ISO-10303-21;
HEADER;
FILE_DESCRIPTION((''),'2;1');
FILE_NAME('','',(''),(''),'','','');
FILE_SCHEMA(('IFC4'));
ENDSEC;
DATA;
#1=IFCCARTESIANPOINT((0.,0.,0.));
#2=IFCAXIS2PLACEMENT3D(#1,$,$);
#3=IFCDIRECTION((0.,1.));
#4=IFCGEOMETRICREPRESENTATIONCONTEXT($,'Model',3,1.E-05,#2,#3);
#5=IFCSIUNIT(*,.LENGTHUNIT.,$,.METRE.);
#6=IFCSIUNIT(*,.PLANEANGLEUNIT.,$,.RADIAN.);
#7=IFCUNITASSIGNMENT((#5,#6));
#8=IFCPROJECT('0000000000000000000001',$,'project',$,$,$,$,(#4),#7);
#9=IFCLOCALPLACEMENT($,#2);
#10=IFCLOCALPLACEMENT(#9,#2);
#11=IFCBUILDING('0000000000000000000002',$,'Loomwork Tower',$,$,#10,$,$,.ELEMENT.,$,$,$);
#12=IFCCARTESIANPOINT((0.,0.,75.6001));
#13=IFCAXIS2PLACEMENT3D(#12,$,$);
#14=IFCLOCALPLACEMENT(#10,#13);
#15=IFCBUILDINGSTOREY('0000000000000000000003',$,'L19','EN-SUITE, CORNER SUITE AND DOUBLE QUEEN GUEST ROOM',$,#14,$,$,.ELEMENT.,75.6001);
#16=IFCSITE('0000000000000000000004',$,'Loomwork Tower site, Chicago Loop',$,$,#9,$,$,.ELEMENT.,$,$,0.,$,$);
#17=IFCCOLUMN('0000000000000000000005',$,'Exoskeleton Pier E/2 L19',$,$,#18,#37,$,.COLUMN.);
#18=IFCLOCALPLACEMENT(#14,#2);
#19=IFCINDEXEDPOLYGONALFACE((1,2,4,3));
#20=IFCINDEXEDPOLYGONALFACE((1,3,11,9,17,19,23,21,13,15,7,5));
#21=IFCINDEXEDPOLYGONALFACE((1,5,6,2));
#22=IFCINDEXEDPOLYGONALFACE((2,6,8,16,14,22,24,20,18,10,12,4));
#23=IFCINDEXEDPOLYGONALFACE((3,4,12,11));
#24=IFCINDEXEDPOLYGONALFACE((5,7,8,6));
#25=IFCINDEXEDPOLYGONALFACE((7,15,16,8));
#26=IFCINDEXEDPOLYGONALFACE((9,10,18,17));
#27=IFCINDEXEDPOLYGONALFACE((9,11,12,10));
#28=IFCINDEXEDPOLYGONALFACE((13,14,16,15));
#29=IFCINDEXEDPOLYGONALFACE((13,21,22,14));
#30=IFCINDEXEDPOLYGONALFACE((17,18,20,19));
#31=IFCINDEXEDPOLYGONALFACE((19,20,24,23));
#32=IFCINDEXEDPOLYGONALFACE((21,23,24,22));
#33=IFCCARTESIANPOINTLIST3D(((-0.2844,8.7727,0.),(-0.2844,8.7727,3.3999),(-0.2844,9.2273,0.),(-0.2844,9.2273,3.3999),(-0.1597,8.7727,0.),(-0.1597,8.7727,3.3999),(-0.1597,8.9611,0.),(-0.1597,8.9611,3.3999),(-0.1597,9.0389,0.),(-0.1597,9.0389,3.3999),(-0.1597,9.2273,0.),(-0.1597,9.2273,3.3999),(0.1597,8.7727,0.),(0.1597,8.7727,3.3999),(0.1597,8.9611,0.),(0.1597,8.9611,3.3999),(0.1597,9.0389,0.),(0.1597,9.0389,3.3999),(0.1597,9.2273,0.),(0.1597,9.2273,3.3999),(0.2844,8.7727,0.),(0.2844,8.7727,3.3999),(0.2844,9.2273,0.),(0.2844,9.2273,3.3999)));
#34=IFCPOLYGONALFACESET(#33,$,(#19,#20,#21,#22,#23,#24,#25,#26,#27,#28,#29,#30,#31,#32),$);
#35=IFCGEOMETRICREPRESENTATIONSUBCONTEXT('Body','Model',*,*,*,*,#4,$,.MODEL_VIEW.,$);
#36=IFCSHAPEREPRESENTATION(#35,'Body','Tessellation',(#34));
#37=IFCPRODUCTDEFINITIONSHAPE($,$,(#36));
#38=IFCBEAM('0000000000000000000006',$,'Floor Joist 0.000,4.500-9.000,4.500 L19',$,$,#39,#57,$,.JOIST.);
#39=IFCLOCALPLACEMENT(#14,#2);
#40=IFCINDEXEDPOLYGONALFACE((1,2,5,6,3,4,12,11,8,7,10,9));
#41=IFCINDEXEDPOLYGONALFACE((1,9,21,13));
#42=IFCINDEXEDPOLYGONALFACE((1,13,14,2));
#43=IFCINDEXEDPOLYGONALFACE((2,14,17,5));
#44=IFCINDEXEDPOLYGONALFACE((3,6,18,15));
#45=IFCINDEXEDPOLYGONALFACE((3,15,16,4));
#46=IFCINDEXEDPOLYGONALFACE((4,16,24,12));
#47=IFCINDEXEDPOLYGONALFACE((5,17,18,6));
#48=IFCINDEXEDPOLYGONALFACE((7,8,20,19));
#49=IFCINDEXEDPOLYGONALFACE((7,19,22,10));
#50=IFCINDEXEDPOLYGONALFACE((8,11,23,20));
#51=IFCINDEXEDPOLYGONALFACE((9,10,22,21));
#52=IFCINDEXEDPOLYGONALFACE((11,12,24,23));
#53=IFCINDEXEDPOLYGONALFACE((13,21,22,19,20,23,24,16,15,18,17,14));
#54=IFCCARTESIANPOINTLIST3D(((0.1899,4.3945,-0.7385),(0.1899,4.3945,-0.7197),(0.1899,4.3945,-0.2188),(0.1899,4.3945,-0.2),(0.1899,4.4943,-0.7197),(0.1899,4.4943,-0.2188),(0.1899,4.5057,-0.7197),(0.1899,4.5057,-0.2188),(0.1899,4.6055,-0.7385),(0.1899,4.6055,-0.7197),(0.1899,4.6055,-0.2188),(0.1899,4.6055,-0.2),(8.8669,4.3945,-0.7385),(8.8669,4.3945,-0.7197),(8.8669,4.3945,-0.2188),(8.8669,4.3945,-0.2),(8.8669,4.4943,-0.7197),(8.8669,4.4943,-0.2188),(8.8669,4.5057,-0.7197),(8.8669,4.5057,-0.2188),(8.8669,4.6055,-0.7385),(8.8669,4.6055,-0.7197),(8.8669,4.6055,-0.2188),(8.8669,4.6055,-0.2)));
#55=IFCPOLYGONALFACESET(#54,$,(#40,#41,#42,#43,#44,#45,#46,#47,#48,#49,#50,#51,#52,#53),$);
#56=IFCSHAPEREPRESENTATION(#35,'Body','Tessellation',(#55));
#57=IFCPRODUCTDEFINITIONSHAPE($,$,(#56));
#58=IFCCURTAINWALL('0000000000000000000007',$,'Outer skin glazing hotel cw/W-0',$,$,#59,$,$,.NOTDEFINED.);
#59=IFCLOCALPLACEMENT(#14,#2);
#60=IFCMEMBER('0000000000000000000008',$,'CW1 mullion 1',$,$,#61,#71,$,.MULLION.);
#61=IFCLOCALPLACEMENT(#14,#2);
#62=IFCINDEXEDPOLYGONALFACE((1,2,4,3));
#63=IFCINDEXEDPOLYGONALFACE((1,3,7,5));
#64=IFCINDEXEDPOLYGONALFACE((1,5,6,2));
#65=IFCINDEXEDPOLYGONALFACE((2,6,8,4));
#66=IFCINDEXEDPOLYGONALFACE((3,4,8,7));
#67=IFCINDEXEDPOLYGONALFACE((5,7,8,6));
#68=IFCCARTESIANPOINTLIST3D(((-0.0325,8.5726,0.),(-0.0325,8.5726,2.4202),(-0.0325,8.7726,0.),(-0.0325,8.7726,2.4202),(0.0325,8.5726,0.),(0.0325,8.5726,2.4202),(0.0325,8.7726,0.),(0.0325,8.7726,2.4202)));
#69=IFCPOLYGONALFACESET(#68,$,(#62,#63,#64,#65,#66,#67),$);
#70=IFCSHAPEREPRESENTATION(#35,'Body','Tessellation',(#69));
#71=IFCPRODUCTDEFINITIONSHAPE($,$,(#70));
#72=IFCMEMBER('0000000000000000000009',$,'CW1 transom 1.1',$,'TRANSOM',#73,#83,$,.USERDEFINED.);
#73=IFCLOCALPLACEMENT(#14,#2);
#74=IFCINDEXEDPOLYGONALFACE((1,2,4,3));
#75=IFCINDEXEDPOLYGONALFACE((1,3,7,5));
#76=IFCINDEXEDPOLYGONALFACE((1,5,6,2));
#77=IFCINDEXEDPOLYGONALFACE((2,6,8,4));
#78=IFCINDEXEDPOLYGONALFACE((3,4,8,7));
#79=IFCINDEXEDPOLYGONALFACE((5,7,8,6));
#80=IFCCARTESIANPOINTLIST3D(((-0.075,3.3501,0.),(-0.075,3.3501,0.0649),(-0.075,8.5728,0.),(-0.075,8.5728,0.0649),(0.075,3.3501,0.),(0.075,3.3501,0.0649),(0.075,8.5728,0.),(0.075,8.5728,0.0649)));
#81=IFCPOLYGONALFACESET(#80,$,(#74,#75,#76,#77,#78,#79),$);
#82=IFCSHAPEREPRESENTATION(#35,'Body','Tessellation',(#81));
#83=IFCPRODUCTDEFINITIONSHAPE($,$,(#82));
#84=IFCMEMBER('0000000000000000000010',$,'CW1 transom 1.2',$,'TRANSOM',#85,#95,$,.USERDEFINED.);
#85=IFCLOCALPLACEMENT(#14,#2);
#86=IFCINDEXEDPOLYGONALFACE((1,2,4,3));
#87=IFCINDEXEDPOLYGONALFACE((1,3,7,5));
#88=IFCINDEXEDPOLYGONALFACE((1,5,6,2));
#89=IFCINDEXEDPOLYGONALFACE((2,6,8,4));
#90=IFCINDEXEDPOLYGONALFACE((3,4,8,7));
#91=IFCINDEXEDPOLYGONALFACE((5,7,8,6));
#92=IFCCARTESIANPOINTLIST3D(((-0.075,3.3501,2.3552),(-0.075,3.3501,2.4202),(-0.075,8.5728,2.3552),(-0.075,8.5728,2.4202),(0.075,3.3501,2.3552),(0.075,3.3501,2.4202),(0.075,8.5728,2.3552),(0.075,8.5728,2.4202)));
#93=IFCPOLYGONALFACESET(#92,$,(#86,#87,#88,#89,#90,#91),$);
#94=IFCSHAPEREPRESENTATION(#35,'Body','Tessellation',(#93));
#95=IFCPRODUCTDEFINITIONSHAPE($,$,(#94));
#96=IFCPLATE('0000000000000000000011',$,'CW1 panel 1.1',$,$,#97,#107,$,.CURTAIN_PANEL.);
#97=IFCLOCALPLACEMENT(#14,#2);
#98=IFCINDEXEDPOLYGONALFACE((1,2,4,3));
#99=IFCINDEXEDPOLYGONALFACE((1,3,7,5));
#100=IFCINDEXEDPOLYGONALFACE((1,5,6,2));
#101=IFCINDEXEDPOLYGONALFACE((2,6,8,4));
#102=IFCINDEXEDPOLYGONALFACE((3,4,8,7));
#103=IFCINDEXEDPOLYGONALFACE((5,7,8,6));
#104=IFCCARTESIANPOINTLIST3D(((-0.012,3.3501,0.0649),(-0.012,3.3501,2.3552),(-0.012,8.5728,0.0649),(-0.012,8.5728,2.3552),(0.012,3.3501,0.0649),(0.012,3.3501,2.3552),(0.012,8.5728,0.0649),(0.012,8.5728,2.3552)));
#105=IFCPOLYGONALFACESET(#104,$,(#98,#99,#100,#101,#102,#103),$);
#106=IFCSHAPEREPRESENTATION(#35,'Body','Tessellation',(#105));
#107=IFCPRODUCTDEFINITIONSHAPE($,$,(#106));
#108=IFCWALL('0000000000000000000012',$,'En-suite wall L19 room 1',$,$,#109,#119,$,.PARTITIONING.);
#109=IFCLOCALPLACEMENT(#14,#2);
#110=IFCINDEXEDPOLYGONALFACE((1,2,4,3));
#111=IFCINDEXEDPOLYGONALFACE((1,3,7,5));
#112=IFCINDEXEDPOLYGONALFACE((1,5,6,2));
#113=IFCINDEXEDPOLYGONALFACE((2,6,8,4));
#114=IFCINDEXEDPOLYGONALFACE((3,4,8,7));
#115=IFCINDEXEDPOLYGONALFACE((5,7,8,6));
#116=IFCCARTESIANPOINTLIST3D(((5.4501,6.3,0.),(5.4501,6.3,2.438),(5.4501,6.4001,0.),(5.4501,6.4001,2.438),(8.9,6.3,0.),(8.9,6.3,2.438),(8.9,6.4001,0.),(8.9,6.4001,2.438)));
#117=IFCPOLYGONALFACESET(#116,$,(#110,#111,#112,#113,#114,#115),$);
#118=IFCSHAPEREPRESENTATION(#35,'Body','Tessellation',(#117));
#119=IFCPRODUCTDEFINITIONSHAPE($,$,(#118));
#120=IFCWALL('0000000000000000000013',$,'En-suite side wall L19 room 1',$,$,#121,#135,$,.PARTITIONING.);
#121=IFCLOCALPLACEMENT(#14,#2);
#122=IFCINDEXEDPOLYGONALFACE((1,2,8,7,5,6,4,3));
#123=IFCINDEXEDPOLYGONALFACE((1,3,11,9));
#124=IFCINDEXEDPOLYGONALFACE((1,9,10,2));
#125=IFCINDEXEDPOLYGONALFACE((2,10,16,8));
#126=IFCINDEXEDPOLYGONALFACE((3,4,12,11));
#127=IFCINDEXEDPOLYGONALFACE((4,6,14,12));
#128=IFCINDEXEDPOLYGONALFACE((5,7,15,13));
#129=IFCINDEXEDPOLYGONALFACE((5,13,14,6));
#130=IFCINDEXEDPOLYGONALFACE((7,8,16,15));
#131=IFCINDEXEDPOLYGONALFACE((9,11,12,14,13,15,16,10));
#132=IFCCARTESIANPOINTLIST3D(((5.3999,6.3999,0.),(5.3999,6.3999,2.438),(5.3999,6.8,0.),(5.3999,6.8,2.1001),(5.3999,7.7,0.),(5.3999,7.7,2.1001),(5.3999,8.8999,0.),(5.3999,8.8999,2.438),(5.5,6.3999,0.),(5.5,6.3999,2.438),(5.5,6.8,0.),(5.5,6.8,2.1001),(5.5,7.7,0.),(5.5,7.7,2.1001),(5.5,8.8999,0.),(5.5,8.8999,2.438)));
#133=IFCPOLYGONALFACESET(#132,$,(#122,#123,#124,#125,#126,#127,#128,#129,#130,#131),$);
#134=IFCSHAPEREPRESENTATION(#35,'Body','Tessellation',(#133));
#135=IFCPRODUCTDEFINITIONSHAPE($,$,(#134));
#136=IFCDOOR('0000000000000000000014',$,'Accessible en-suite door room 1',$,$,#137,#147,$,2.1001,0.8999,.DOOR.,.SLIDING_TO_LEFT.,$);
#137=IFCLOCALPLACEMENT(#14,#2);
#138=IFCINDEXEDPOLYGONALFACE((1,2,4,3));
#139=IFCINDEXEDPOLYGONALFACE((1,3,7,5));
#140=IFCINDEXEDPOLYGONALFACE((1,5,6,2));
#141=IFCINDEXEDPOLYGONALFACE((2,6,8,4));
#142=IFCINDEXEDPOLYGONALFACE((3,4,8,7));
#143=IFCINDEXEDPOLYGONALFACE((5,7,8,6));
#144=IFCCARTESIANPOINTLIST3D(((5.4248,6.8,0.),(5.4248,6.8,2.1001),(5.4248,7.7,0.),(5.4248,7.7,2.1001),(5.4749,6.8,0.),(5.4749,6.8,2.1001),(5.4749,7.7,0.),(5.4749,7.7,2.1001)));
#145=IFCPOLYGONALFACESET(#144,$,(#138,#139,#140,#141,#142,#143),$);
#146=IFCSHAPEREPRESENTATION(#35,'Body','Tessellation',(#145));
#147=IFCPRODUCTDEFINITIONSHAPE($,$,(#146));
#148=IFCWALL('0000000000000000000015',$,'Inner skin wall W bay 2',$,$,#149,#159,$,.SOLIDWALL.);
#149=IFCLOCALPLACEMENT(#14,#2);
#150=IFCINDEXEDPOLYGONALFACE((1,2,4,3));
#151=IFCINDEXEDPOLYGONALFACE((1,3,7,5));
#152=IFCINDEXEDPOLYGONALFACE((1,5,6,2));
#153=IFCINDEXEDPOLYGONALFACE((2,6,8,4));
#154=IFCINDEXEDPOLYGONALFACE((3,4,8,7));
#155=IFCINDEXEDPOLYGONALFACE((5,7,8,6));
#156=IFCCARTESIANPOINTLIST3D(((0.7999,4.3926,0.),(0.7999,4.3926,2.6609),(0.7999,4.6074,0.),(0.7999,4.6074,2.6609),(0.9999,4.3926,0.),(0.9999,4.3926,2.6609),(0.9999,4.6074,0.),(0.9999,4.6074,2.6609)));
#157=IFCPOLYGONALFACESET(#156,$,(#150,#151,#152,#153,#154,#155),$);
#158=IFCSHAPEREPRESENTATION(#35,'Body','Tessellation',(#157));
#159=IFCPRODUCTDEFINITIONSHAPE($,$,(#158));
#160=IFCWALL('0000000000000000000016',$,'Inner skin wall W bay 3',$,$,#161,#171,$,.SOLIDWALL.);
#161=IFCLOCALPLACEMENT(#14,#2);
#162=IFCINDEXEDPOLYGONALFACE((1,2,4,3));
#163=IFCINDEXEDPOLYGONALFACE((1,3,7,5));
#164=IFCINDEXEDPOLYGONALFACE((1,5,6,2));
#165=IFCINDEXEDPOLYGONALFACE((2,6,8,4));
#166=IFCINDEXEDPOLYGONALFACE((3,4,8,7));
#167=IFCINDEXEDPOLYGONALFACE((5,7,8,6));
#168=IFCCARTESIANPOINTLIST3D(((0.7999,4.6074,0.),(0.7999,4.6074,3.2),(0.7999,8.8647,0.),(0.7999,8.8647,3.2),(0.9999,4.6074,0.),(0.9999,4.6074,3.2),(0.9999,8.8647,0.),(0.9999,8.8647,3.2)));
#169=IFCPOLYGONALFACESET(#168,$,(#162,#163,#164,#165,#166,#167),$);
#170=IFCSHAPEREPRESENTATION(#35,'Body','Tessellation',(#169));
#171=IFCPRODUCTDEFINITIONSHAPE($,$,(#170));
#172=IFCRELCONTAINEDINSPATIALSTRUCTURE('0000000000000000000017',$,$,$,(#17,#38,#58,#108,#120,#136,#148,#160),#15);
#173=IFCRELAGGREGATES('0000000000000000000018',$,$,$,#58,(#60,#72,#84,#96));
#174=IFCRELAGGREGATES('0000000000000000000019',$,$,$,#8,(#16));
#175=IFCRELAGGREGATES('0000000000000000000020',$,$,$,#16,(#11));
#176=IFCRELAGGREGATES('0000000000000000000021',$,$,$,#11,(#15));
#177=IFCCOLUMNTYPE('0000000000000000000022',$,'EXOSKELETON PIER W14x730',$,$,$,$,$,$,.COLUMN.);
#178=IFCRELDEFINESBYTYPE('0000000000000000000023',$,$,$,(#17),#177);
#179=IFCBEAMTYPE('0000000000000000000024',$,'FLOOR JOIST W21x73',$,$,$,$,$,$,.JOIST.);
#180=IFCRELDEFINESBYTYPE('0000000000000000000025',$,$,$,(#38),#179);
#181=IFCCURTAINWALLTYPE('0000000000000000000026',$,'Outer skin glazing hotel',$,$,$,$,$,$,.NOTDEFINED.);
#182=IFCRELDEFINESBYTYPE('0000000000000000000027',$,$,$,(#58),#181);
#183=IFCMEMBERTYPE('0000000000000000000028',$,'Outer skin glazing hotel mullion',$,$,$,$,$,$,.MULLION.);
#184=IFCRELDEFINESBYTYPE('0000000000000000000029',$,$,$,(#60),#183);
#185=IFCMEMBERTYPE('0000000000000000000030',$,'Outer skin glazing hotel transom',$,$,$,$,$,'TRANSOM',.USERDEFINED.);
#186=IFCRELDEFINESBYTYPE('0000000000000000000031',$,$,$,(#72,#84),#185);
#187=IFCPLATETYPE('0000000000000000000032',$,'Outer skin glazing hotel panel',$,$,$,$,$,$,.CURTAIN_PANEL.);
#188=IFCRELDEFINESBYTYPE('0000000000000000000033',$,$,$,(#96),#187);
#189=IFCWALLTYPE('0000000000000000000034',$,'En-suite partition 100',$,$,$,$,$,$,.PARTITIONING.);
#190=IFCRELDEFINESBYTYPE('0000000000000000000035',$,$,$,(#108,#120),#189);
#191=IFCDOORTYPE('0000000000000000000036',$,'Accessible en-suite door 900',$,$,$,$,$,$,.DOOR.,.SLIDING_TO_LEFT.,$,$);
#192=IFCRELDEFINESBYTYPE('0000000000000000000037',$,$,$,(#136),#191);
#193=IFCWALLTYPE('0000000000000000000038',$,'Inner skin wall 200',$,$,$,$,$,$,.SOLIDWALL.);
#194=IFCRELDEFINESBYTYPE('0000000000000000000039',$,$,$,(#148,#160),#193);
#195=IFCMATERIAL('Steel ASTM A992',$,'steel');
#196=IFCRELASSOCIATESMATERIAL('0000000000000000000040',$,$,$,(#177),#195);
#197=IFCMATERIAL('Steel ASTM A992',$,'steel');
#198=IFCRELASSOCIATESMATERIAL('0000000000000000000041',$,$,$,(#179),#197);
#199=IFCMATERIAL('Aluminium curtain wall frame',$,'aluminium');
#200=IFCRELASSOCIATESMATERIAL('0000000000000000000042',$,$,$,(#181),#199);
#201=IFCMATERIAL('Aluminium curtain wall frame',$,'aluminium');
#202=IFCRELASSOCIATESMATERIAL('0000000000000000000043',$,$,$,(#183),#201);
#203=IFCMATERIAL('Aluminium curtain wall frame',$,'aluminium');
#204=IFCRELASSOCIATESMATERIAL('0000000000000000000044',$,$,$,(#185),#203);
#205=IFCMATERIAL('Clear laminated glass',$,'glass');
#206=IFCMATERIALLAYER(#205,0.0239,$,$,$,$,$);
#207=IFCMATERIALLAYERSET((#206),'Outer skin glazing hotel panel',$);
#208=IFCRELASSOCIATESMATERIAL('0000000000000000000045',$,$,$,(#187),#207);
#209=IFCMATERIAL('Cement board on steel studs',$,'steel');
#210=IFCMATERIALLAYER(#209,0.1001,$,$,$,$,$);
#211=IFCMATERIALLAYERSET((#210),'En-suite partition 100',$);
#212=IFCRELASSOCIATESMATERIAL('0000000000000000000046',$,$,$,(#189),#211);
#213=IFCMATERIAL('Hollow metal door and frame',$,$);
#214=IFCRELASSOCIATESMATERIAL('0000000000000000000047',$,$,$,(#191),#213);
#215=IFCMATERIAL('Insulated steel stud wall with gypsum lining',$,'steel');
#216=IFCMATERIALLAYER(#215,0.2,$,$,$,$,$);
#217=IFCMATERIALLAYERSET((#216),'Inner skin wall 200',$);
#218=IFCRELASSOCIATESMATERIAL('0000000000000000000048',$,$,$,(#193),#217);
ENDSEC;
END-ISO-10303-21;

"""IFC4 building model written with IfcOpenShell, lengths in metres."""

from ifc_helpers import new_model, si_unit, direction, frame, frame_2d, origin, origin_2d, place, context, subcontext, project, spatial, rectangle, i_section, extrude, material, layer, layer_set, material_profile, profile_set, type_object, element, fill, aggregate, save


model = new_model("IFC4")

# Units and contexts
model_context = context("Model", 3, precision=1e-05, world=origin(), true_north=direction((0.0, 1.0)))
body_context = subcontext(model_context, "Body", "Model", "MODEL_VIEW")
ifc_project = project(units=[si_unit("LENGTHUNIT", "METRE"), si_unit("PLANEANGLEUNIT", "RADIAN")], contexts=[model_context])

# Site, building, storey
site_placement = place(None, origin())
site = spatial("IfcSite", under=ifc_project, at=site_placement, Name="Loomwork Tower site, Chicago Loop", CompositionType="ELEMENT", RefElevation=0.0)
building_placement = place(site_placement, origin())
building = spatial("IfcBuilding", under=site, at=building_placement, Name="Loomwork Tower", CompositionType="ELEMENT")
storey_placement = place(building_placement, frame((0.0, 0.0, 75.6001)))
storey = spatial("IfcBuildingStorey", under=building, at=storey_placement, Name="L19", Description="EN-SUITE, CORNER SUITE AND DOUBLE QUEEN GUEST ROOM", CompositionType="ELEMENT", Elevation=75.6001)

# Column
ifc_material_1 = material(Name="Steel ASTM A992", Category="steel")
ifc_material_profile_1 = material_profile(ifc_material_1, i_section(OverallWidth=0.4546, OverallDepth=0.5688, WebThickness=0.0779, FlangeThickness=0.1248, at=origin_2d()), Name="W14x730")
ifc_profile_set_1 = profile_set([ifc_material_profile_1], Name="Steel ASTM A992")
column_type = type_object("IfcColumnType", Name="EXOSKELETON PIER W14x730", PredefinedType="COLUMN", material=ifc_profile_set_1)
column_placement = place(storey_placement, frame((0.0, 9.0, 0.0), z_axis=(0.0, 0.0, 1.0), x_axis=(0.0, 1.0, 0.0)))
element("IfcColumn", 1, at=column_placement, inside=storey, type_object=column_type, Name="Exoskeleton Pier E/2 L19", PredefinedType="COLUMN", context=body_context, shape_type="SweptSolid", body=[
    extrude(i_section(OverallWidth=0.4546, OverallDepth=0.5688, WebThickness=0.0779, FlangeThickness=0.1248, at=origin_2d()), origin(), (0.0, 0.0, 1.0), 3.3999),
])

# Beam
ifc_material_2 = material(Name="Steel ASTM A992", Category="steel")
ifc_material_profile_2 = material_profile(ifc_material_2, i_section(OverallWidth=0.2109, OverallDepth=0.5386, WebThickness=0.0115, FlangeThickness=0.0188, at=origin_2d()), Name="W21x73")
ifc_profile_set_2 = profile_set([ifc_material_profile_2], Name="Steel ASTM A992")
beam_type = type_object("IfcBeamType", Name="FLOOR JOIST W21x73", PredefinedType="JOIST", material=ifc_profile_set_2)
beam_placement = place(storey_placement, frame((0.1899, 4.5, -0.4692), z_axis=(1.0, 0.0, 0.0), x_axis=(0.0, 1.0, 0.0)))
element("IfcBeam", 2, at=beam_placement, inside=storey, type_object=beam_type, Name="Floor Joist 0.000,4.500-9.000,4.500 L19", PredefinedType="JOIST", context=body_context, shape_type="SweptSolid", body=[
    extrude(i_section(OverallWidth=0.2109, OverallDepth=0.5386, WebThickness=0.0115, FlangeThickness=0.0188, at=origin_2d()), origin(), (0.0, 0.0, 1.0), 8.677),
])

# Curtain wall, members, plate
ifc_material_3 = material(Name="Aluminium curtain wall frame", Category="aluminium")
curtain_wall_type = type_object("IfcCurtainWallType", Name="Outer skin glazing hotel", PredefinedType="NOTDEFINED", material=ifc_material_3)
curtain_wall_placement = place(storey_placement, origin())
curtain_wall = element("IfcCurtainWall", 3, at=curtain_wall_placement, inside=storey, type_object=curtain_wall_type, Name="Outer skin glazing hotel cw/W-0", PredefinedType="NOTDEFINED")
ifc_material_4 = material(Name="Aluminium curtain wall frame", Category="aluminium")
ifc_material_profile_3 = material_profile(ifc_material_4, rectangle(XDim=0.0649, YDim=0.2, at=origin_2d()), Name="AL 65x200")
ifc_profile_set_3 = profile_set([ifc_material_profile_3], Name="Aluminium curtain wall frame")
member_type_1 = type_object("IfcMemberType", Name="Outer skin glazing hotel mullion", PredefinedType="MULLION", material=ifc_profile_set_3)
member_1_placement = place(storey_placement, frame((0.0, 8.6726, 0.0), z_axis=(0.0, 0.0, 1.0), x_axis=(1.0, 0.0, 0.0)))
member_1 = element("IfcMember", 4, at=member_1_placement, type_object=member_type_1, Name="CW1 mullion 1", PredefinedType="MULLION", context=body_context, shape_type="SweptSolid", body=[
    extrude(rectangle(XDim=0.0649, YDim=0.2, at=origin_2d()), origin(), (0.0, 0.0, 1.0), 2.4202),
])
ifc_material_5 = material(Name="Aluminium curtain wall frame", Category="aluminium")
ifc_material_profile_4 = material_profile(ifc_material_5, rectangle(XDim=0.1499, YDim=0.0649, at=origin_2d()), Name="AL 65x150")
ifc_profile_set_4 = profile_set([ifc_material_profile_4], Name="Aluminium curtain wall frame")
member_type_2 = type_object("IfcMemberType", Name="Outer skin glazing hotel transom", ElementType="TRANSOM", PredefinedType="USERDEFINED", material=ifc_profile_set_4)
member_2_placement = place(storey_placement, frame((0.0, 8.5728, 0.0325), z_axis=(0.0, -1.0, 0.0), x_axis=(1.0, 0.0, 0.0)))
member_2 = element("IfcMember", 5, at=member_2_placement, type_object=member_type_2, Name="CW1 transom 1.1", ObjectType="TRANSOM", PredefinedType="USERDEFINED", context=body_context, shape_type="SweptSolid", body=[
    extrude(rectangle(XDim=0.1499, YDim=0.0649, at=origin_2d()), origin(), (0.0, 0.0, 1.0), 5.2227),
])
member_3_placement = place(storey_placement, frame((0.0, 8.5728, 2.3877), z_axis=(0.0, -1.0, 0.0), x_axis=(1.0, 0.0, 0.0)))
member_3 = element("IfcMember", 6, at=member_3_placement, type_object=member_type_2, Name="CW1 transom 1.2", ObjectType="TRANSOM", PredefinedType="USERDEFINED", context=body_context, shape_type="SweptSolid", body=[
    extrude(rectangle(XDim=0.1499, YDim=0.0649, at=origin_2d()), origin(), (0.0, 0.0, 1.0), 5.2227),
])
ifc_material_6 = material(Name="Clear laminated glass", Category="glass")
ifc_layer_1 = layer(ifc_material_6, 0.0239)
ifc_layer_set_1 = layer_set([ifc_layer_1], Name="Outer skin glazing hotel panel")
plate_type = type_object("IfcPlateType", Name="Outer skin glazing hotel panel", PredefinedType="CURTAIN_PANEL", material=ifc_layer_set_1)
plate_placement = place(storey_placement, frame((0.0, 5.9614, 0.0649), z_axis=(0.0, 0.0, 1.0), x_axis=(0.0, -1.0, 0.0)))
plate = element("IfcPlate", 7, at=plate_placement, type_object=plate_type, Name="CW1 panel 1.1", PredefinedType="CURTAIN_PANEL", context=body_context, shape_type="SweptSolid", body=[
    extrude(rectangle(XDim=5.2227, YDim=0.0239, at=origin_2d()), origin(), (0.0, 0.0, 1.0), 2.2903),
])
aggregate(curtain_wall, [member_1, member_2, member_3, plate])

# Wall
ifc_material_7 = material(Name="Cement board on steel studs", Category="steel")
ifc_layer_2 = layer(ifc_material_7, 0.1001)
ifc_layer_set_2 = layer_set([ifc_layer_2], Name="En-suite partition 100")
wall_type_1 = type_object("IfcWallType", Name="En-suite partition 100", PredefinedType="PARTITIONING", material=ifc_layer_set_2)
wall_1_placement = place(storey_placement, frame((5.45, 6.3501, 0.0), z_axis=(0.0, 0.0, 1.0), x_axis=(1.0, 0.0, 0.0)))
element("IfcWall", 8, at=wall_1_placement, inside=storey, type_object=wall_type_1, Name="En-suite wall L19 room 1", PredefinedType="PARTITIONING", context=body_context, shape_type="SweptSolid", body=[
    extrude(rectangle(XDim=3.45, YDim=0.1001, at=frame_2d((1.7251, 0.0))), origin(), (0.0, 0.0, 1.0), 2.438),
])

# Wall, opening, door
wall_2_placement = place(storey_placement, frame((5.45, 8.8999, 0.0), z_axis=(0.0, 0.0, 1.0), x_axis=(0.0, -1.0, 0.0)))
wall_2 = element("IfcWall", 9, at=wall_2_placement, inside=storey, type_object=wall_type_1, Name="En-suite side wall L19 room 1", PredefinedType="PARTITIONING", context=body_context, shape_type="SweptSolid", body=[
    extrude(rectangle(XDim=2.5, YDim=0.1001, at=frame_2d((1.25, 0.0))), origin(), (0.0, 0.0, 1.0), 2.438),
])
opening_placement = place(wall_2_placement, frame((1.2, 0.0, 0.0)))
opening = element("IfcOpeningElement", 10, at=opening_placement, cuts=wall_2, PredefinedType="OPENING", context=body_context, shape_type="SweptSolid", body=[
    extrude(rectangle(XDim=0.8999, YDim=2.1001, at=frame_2d((0.45, 1.05))), frame((0.0, 0.0601, 0.0), z_axis=(0.0, -1.0, 0.0), x_axis=(1.0, 0.0, 0.0)), (0.0, 0.0, 1.0), 0.1201),
])
ifc_material_8 = material(Name="Hollow metal door and frame")
door_type = type_object("IfcDoorType", Name="Accessible en-suite door 900", OperationType="SLIDING_TO_LEFT", PredefinedType="DOOR", material=ifc_material_8)
door_placement = place(opening_placement, origin())
door = element("IfcDoor", 11, at=door_placement, inside=storey, type_object=door_type, Name="Accessible en-suite door room 1", OperationType="SLIDING_TO_LEFT", OverallHeight=2.1001, OverallWidth=0.8999, PredefinedType="DOOR", context=body_context, shape_type="SweptSolid", body=[
    extrude(rectangle(XDim=0.8999, YDim=2.1001, at=frame_2d((0.45, 1.05))), frame((0.0, 0.0249, 0.0), z_axis=(0.0, -1.0, 0.0), x_axis=(1.0, 0.0, 0.0)), (0.0, 0.0, 1.0), 0.05),
])
fill(opening, door)

# Walls
ifc_material_9 = material(Name="Insulated steel stud wall with gypsum lining", Category="steel")
ifc_layer_3 = layer(ifc_material_9, 0.2)
ifc_layer_set_3 = layer_set([ifc_layer_3], Name="Inner skin wall 200")
wall_type_2 = type_object("IfcWallType", Name="Inner skin wall 200", PredefinedType="SOLIDWALL", material=ifc_layer_set_3)
wall_3_placement = place(storey_placement, frame((0.8999, 4.3926, 0.0), z_axis=(0.0, 0.0, 1.0), x_axis=(0.0, 1.0, 0.0)))
element("IfcWall", 12, at=wall_3_placement, inside=storey, type_object=wall_type_2, Name="Inner skin wall W bay 2", PredefinedType="SOLIDWALL", context=body_context, shape_type="SweptSolid", body=[
    extrude(rectangle(XDim=0.2148, YDim=0.2, at=frame_2d((0.1074, 0.0))), origin(), (0.0, 0.0, 1.0), 2.6609),
])
wall_4_placement = place(storey_placement, frame((0.8999, 4.6074, 0.0), z_axis=(0.0, 0.0, 1.0), x_axis=(0.0, 1.0, 0.0)))
element("IfcWall", 13, at=wall_4_placement, inside=storey, type_object=wall_type_2, Name="Inner skin wall W bay 3", PredefinedType="SOLIDWALL", context=body_context, shape_type="SweptSolid", body=[
    extrude(rectangle(XDim=4.2573, YDim=0.2, at=frame_2d((2.1287, 0.0))), origin(), (0.0, 0.0, 1.0), 3.2),
])

save(model, "model.ifc")
